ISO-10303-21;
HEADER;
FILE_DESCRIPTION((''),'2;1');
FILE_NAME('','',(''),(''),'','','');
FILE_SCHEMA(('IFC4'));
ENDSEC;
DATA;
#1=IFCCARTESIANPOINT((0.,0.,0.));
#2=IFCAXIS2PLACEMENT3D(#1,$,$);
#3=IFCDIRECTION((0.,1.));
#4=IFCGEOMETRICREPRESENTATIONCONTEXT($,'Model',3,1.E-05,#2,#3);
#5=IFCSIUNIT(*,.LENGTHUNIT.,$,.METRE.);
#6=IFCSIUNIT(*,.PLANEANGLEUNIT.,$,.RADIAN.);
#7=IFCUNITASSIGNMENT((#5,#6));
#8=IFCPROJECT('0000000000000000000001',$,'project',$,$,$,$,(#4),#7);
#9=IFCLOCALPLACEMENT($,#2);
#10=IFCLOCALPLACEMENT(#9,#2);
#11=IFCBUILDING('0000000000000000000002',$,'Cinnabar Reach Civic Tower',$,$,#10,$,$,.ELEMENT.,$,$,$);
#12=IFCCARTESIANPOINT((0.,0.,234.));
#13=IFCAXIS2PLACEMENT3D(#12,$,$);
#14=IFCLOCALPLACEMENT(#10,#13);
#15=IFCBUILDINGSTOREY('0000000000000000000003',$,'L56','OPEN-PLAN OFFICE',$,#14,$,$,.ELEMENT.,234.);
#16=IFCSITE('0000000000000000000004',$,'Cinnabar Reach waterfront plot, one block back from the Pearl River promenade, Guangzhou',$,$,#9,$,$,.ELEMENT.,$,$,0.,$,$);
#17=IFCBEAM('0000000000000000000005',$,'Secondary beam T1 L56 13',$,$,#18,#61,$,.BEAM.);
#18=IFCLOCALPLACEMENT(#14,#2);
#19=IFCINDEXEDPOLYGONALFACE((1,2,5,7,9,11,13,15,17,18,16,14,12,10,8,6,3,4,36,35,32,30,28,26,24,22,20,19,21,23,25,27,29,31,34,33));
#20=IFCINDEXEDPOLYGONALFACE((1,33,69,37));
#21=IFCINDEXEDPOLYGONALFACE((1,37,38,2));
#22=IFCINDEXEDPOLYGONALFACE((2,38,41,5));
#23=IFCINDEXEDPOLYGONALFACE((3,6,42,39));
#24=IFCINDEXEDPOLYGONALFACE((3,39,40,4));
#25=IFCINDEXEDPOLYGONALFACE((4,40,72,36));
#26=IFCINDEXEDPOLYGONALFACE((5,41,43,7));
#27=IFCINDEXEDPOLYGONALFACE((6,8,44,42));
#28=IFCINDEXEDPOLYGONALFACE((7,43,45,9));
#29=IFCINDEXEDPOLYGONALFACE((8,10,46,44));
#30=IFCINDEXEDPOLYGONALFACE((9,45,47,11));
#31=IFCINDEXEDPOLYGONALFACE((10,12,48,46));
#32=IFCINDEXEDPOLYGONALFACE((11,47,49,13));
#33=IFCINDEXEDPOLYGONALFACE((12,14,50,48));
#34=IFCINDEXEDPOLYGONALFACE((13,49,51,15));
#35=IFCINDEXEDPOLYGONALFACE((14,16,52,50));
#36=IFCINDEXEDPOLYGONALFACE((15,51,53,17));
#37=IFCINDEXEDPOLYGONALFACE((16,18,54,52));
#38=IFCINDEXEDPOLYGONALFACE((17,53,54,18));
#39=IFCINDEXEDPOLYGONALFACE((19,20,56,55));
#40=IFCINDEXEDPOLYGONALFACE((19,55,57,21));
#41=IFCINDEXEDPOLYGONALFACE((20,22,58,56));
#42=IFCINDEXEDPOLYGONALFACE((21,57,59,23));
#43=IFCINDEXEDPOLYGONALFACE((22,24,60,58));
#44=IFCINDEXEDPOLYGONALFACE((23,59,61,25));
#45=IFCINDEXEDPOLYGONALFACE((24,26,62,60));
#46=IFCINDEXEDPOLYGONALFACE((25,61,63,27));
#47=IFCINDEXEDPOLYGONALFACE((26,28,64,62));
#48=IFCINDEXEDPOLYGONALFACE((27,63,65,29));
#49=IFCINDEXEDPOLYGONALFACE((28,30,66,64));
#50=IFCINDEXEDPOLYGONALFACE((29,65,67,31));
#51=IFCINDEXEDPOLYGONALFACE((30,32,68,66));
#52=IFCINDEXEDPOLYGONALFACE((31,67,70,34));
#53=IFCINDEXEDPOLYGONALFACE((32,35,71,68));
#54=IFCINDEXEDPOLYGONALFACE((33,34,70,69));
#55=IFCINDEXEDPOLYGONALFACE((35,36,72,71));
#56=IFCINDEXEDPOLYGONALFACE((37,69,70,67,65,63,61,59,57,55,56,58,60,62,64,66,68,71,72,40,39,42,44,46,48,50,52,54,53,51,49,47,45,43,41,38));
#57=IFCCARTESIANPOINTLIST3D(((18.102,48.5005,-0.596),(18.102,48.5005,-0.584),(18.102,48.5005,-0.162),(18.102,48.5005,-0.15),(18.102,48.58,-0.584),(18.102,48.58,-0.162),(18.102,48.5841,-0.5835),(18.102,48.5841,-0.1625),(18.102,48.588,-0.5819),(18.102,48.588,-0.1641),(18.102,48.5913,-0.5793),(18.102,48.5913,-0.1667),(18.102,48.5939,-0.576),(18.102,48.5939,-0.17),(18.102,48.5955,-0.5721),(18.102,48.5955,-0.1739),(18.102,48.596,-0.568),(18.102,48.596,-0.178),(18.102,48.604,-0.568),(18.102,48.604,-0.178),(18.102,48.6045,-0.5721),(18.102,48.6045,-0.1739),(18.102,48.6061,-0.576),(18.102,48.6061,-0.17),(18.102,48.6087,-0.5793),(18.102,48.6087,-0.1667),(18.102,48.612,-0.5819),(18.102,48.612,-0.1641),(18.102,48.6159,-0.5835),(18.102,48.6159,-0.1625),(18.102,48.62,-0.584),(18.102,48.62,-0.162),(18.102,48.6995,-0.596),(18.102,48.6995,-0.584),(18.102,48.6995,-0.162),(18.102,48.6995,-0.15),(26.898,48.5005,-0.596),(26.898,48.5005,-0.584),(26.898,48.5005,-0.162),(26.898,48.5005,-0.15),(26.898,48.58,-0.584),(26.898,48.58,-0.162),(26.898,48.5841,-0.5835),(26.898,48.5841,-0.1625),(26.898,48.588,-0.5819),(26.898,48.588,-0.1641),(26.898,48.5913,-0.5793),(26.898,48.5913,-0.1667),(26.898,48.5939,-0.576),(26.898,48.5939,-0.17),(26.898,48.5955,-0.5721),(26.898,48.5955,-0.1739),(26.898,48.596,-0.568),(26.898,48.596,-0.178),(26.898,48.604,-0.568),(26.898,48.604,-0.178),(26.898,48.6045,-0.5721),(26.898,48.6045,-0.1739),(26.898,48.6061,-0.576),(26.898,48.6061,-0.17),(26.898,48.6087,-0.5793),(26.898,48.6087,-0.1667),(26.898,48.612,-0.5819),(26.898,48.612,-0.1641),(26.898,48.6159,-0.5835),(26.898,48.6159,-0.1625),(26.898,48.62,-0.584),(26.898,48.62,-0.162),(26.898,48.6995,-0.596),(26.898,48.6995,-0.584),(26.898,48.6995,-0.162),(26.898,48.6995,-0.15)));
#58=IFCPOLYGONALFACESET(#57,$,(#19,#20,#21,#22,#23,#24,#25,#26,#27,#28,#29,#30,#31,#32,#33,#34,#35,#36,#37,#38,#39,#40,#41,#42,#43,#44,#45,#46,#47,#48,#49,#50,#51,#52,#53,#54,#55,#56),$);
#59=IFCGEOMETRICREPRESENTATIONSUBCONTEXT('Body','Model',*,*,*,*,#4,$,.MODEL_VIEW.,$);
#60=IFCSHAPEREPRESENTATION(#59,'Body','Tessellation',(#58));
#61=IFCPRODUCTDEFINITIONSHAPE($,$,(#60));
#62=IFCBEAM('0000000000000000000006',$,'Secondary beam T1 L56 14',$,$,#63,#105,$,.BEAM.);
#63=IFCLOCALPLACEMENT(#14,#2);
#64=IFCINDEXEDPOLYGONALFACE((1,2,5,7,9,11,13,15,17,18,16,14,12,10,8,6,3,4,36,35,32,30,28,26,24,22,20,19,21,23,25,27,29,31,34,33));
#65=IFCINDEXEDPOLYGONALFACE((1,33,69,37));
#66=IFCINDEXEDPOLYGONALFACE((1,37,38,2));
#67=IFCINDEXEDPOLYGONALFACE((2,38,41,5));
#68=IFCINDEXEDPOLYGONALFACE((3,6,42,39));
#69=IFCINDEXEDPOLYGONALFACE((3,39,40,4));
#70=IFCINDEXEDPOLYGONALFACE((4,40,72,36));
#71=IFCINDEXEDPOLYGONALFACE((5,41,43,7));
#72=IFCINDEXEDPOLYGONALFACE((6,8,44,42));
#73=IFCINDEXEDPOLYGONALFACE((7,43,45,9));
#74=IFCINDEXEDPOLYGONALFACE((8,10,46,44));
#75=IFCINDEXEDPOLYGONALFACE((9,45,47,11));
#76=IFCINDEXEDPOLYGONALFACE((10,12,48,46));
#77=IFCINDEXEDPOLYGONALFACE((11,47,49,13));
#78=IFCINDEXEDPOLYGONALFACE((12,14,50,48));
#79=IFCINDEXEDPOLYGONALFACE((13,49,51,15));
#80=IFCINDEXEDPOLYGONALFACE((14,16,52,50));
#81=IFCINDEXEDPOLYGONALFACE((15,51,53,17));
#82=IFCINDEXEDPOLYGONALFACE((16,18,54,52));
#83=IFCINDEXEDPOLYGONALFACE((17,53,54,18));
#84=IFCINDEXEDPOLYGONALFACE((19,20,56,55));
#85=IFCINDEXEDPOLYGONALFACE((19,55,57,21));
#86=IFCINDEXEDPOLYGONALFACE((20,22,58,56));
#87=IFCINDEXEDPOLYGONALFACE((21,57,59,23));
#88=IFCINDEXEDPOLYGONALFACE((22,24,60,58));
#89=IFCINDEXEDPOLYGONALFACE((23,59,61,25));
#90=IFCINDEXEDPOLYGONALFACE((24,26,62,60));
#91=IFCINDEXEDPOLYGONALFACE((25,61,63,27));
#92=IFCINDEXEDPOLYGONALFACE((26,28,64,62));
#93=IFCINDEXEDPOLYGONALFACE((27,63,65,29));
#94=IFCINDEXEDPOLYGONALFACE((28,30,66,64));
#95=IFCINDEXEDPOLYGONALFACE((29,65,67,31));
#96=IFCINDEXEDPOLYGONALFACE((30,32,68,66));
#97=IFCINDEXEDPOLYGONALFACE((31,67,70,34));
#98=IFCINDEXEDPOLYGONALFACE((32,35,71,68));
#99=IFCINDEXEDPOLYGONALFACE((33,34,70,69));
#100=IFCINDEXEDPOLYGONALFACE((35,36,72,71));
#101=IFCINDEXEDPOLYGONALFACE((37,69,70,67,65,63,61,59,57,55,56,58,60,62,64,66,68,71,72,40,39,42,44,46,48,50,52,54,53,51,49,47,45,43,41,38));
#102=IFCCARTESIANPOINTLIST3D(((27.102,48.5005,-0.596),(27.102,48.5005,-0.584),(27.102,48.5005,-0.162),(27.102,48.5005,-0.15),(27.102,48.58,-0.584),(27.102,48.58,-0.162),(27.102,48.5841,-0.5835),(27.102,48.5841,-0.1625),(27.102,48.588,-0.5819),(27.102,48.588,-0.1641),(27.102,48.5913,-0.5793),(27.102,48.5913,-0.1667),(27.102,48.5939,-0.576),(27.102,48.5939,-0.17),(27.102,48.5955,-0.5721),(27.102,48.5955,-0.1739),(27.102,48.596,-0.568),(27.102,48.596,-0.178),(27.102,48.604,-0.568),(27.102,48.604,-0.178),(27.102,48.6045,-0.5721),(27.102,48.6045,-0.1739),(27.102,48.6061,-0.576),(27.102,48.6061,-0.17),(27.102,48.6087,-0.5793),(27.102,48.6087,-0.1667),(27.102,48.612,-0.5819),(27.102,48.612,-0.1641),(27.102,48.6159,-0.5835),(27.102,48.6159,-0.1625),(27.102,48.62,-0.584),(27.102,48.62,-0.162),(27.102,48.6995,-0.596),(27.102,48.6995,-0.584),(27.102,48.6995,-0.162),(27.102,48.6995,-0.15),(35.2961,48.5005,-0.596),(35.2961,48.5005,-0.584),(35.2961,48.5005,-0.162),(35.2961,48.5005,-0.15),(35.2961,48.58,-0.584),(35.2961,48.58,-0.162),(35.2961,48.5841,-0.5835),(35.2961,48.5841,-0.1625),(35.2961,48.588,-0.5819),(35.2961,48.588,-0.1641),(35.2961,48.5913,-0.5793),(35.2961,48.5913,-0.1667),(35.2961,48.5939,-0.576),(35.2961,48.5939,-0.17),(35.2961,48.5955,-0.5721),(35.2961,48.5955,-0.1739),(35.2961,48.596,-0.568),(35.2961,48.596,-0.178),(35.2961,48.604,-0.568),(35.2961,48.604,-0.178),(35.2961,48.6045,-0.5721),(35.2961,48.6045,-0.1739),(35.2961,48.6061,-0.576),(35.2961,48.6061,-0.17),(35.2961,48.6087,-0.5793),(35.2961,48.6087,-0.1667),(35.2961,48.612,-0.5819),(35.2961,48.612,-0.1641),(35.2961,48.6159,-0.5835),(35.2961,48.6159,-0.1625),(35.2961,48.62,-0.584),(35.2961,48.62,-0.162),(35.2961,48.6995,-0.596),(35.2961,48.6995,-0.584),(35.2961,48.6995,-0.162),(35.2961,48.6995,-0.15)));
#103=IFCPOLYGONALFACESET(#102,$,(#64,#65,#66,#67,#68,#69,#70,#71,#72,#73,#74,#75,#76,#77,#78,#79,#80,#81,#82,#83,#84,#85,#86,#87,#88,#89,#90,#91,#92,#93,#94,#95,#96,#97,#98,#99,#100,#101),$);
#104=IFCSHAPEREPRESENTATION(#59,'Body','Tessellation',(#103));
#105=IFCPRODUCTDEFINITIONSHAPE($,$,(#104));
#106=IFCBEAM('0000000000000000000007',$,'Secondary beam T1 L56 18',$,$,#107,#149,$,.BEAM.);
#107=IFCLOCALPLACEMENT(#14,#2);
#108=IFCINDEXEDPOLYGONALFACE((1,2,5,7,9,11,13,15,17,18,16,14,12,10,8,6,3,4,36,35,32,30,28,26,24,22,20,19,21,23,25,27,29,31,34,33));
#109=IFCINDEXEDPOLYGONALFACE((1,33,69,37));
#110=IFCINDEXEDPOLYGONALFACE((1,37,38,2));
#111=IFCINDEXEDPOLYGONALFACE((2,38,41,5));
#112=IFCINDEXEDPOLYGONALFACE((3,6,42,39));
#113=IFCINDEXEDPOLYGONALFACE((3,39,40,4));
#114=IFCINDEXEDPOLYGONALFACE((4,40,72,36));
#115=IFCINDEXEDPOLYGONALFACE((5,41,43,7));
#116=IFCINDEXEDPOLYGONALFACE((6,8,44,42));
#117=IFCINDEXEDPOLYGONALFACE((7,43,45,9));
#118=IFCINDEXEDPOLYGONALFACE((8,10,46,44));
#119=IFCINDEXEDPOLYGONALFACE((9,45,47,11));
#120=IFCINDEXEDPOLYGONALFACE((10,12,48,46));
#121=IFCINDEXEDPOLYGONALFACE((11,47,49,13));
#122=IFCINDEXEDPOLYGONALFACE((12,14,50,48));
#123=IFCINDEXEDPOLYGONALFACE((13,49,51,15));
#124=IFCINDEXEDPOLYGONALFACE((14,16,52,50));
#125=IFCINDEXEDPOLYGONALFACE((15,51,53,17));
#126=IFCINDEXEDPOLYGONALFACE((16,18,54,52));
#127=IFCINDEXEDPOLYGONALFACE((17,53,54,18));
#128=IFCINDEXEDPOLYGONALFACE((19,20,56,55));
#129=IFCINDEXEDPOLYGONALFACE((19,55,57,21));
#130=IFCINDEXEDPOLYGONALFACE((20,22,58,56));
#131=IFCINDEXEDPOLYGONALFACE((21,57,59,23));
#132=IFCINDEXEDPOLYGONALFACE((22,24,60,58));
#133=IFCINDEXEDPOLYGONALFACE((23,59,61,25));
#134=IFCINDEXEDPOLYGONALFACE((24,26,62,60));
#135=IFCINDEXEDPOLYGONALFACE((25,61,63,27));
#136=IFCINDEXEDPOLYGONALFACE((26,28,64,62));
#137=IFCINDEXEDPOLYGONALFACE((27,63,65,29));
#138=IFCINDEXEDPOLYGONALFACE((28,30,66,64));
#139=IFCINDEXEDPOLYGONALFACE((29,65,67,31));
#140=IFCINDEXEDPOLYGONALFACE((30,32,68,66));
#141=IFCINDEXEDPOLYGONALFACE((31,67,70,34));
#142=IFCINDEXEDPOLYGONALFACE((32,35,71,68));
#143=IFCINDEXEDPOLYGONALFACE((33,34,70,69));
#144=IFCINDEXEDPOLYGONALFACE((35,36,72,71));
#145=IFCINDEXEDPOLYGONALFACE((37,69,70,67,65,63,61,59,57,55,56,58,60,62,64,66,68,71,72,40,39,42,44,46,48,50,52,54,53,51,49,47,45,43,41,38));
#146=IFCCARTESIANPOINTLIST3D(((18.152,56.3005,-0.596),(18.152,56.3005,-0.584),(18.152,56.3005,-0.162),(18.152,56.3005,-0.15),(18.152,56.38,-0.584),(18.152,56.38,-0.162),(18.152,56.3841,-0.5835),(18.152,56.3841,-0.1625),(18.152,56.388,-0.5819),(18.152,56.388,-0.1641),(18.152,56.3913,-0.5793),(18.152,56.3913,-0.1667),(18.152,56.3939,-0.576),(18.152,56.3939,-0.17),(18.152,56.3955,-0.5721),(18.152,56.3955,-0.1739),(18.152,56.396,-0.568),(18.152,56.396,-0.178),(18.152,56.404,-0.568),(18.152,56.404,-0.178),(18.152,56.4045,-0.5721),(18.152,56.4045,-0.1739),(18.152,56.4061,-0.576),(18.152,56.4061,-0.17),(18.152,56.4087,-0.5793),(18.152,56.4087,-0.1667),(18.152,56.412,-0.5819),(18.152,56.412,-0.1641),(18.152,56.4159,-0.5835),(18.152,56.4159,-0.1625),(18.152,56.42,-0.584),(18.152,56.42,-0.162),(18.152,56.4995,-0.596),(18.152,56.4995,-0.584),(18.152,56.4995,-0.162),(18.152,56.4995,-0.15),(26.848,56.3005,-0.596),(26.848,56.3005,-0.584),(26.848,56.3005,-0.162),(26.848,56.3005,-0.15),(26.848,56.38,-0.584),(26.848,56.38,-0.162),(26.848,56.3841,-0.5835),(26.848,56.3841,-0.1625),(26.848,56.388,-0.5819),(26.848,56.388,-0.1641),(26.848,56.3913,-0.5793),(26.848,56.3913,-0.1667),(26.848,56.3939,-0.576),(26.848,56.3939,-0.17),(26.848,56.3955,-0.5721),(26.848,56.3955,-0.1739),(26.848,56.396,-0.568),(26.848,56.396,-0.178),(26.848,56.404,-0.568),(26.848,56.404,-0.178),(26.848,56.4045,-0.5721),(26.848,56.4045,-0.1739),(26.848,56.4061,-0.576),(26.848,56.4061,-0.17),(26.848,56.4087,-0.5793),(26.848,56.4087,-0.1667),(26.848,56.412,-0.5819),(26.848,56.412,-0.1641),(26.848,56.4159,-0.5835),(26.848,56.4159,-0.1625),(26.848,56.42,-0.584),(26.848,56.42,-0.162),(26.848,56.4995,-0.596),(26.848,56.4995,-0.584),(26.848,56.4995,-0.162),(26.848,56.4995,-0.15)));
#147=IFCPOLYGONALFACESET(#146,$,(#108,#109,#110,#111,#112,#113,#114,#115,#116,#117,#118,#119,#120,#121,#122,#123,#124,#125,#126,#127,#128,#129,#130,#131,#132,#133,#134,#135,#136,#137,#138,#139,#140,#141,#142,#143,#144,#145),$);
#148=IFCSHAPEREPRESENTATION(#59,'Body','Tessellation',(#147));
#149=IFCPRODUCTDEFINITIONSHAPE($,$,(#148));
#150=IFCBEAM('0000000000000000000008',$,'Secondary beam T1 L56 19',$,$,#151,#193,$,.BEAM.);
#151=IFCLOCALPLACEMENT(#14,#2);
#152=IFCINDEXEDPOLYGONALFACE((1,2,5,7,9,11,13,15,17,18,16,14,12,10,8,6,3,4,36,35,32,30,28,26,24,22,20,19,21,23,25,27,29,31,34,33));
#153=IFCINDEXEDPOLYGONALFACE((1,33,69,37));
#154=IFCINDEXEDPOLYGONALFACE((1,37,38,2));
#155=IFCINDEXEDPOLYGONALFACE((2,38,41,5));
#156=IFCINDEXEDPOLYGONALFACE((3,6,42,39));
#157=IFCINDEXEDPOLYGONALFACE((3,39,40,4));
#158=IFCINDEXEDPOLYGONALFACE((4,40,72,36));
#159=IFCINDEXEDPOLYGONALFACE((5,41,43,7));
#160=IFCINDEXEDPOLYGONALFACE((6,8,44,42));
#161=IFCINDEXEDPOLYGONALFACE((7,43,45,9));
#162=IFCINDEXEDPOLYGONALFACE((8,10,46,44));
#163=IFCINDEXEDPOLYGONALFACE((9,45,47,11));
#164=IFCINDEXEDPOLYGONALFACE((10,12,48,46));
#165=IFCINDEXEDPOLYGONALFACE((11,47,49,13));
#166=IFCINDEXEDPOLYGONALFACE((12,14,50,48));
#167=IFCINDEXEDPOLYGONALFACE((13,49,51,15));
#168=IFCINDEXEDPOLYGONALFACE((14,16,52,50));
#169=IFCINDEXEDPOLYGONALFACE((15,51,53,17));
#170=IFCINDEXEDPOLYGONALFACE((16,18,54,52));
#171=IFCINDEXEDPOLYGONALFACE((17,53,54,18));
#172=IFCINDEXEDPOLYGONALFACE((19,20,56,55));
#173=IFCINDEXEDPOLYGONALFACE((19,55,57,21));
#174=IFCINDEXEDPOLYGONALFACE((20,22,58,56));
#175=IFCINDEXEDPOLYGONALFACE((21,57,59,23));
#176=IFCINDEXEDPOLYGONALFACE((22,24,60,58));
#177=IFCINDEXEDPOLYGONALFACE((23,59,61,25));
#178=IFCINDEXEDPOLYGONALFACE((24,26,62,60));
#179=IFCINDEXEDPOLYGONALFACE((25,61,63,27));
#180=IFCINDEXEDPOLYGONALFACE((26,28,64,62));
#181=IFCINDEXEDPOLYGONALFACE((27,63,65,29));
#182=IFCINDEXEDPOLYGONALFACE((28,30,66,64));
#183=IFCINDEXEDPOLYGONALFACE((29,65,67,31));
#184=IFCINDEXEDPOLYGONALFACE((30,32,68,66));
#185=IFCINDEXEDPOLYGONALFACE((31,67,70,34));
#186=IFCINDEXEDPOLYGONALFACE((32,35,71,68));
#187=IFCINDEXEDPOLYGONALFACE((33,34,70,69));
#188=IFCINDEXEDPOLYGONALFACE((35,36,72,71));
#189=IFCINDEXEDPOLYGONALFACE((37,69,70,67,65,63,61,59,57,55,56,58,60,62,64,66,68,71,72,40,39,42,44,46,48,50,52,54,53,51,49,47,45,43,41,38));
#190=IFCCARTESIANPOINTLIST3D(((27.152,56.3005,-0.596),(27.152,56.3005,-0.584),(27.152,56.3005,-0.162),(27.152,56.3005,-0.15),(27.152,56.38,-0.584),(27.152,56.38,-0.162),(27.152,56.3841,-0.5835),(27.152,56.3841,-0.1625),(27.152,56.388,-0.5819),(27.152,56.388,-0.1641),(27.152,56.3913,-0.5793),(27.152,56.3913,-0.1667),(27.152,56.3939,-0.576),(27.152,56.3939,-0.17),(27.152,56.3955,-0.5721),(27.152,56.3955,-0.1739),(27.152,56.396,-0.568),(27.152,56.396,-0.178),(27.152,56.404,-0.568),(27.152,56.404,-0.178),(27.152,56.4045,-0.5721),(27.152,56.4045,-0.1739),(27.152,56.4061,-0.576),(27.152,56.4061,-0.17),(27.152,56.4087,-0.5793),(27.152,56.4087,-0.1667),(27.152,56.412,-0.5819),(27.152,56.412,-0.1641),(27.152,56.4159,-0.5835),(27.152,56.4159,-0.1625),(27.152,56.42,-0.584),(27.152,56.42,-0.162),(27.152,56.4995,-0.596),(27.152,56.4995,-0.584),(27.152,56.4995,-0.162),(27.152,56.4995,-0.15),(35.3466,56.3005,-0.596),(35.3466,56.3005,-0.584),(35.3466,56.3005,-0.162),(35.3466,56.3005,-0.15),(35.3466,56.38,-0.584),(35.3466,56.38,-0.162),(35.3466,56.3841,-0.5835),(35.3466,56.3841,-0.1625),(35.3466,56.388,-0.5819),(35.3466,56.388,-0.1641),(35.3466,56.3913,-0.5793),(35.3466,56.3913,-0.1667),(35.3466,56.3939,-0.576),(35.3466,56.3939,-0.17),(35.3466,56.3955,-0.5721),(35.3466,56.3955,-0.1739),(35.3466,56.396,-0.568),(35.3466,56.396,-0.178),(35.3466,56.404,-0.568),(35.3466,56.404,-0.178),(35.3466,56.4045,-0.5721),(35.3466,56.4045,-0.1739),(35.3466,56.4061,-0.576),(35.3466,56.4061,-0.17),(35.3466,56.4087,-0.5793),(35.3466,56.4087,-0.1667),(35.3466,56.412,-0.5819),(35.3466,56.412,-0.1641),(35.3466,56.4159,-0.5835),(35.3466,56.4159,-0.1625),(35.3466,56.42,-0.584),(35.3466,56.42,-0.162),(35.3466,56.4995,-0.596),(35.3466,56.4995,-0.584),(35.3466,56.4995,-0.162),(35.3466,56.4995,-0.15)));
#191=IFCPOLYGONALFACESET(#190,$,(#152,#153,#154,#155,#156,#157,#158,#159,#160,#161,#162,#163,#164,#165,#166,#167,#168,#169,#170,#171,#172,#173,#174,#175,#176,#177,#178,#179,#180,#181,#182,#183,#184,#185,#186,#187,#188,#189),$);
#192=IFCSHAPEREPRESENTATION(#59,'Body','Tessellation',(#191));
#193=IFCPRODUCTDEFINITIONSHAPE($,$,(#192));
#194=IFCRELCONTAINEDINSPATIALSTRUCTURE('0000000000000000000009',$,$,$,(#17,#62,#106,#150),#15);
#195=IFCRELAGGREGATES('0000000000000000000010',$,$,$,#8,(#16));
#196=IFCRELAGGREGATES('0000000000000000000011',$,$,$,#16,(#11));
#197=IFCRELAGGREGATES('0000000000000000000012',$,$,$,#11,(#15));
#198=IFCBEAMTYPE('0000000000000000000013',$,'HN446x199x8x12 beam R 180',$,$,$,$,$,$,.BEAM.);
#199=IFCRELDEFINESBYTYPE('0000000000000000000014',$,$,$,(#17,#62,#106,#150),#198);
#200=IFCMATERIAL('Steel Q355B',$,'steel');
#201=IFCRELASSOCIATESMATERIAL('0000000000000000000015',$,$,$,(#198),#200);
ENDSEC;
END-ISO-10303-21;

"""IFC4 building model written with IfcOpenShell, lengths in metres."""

from ifc_helpers import new_model, si_unit, direction, frame, origin, origin_2d, place, context, subcontext, project, spatial, i_section, extrude, material, material_profile, profile_set, type_object, element, save


model = new_model("IFC4")

# Units and contexts
model_context = context("Model", 3, precision=1e-05, world=origin(), true_north=direction((0.0, 1.0)))
body_context = subcontext(model_context, "Body", "Model", "MODEL_VIEW")
ifc_project = project(units=[si_unit("LENGTHUNIT", "METRE"), si_unit("PLANEANGLEUNIT", "RADIAN")], contexts=[model_context])

# Site, building, storey
site_placement = place(None, origin())
site = spatial("IfcSite", under=ifc_project, at=site_placement, Name="Cinnabar Reach waterfront plot, one block back from the Pearl River promenade, Guangzhou", CompositionType="ELEMENT", RefElevation=0.0)
building_placement = place(site_placement, origin())
building = spatial("IfcBuilding", under=site, at=building_placement, Name="Cinnabar Reach Civic Tower", CompositionType="ELEMENT")
storey_placement = place(building_placement, frame((0.0, 0.0, 234.0)))
storey = spatial("IfcBuildingStorey", under=building, at=storey_placement, Name="L56", Description="OPEN-PLAN OFFICE", CompositionType="ELEMENT", Elevation=234.0)

# Beams
ifc_material_1 = material(Name="Steel Q355B", Category="steel")
ifc_material_profile_1 = material_profile(ifc_material_1, i_section(OverallWidth=0.199, OverallDepth=0.446, WebThickness=0.008, FlangeThickness=0.012, FilletRadius=0.016, at=origin_2d()), Name="HN446x199x8x12")
ifc_profile_set_1 = profile_set([ifc_material_profile_1], Name="Steel Q355B")
beam_type_1 = type_object("IfcBeamType", Name="HN446x199x8x12 beam R 180", PredefinedType="BEAM", material=ifc_profile_set_1)
beam_1_placement = place(storey_placement, frame((18.102, 48.6, -0.373), z_axis=(1.0, 0.0, 0.0), x_axis=(0.0, 1.0, 0.0)))
element("IfcBeam", 1, at=beam_1_placement, inside=storey, type_object=beam_type_1, Name="Secondary beam T1 L56 13", PredefinedType="BEAM", context=body_context, shape_type="SweptSolid", body=[
    extrude(i_section(OverallWidth=0.199, OverallDepth=0.446, WebThickness=0.008, FlangeThickness=0.012, FilletRadius=0.016, at=origin_2d()), origin(), (0.0, 0.0, 1.0), 8.796),
])
beam_2_placement = place(storey_placement, frame((27.102, 48.6, -0.373), z_axis=(1.0, 0.0, 0.0), x_axis=(0.0, 1.0, 0.0)))
element("IfcBeam", 2, at=beam_2_placement, inside=storey, type_object=beam_type_1, Name="Secondary beam T1 L56 14", PredefinedType="BEAM", context=body_context, shape_type="SweptSolid", body=[
    extrude(i_section(OverallWidth=0.199, OverallDepth=0.446, WebThickness=0.008, FlangeThickness=0.012, FilletRadius=0.016, at=origin_2d()), origin(), (0.0, 0.0, 1.0), 8.1941),
])
beam_3_placement = place(storey_placement, frame((18.152, 56.4, -0.373), z_axis=(1.0, 0.0, 0.0), x_axis=(0.0, 1.0, 0.0)))
element("IfcBeam", 3, at=beam_3_placement, inside=storey, type_object=beam_type_1, Name="Secondary beam T1 L56 18", PredefinedType="BEAM", context=body_context, shape_type="SweptSolid", body=[
    extrude(i_section(OverallWidth=0.199, OverallDepth=0.446, WebThickness=0.008, FlangeThickness=0.012, FilletRadius=0.016, at=origin_2d()), origin(), (0.0, 0.0, 1.0), 8.696),
])
beam_4_placement = place(storey_placement, frame((27.152, 56.4, -0.373), z_axis=(1.0, 0.0, 0.0), x_axis=(0.0, 1.0, 0.0)))
element("IfcBeam", 4, at=beam_4_placement, inside=storey, type_object=beam_type_1, Name="Secondary beam T1 L56 19", PredefinedType="BEAM", context=body_context, shape_type="SweptSolid", body=[
    extrude(i_section(OverallWidth=0.199, OverallDepth=0.446, WebThickness=0.008, FlangeThickness=0.012, FilletRadius=0.016, at=origin_2d()), origin(), (0.0, 0.0, 1.0), 8.1946),
])

save(model, "model.ifc")
